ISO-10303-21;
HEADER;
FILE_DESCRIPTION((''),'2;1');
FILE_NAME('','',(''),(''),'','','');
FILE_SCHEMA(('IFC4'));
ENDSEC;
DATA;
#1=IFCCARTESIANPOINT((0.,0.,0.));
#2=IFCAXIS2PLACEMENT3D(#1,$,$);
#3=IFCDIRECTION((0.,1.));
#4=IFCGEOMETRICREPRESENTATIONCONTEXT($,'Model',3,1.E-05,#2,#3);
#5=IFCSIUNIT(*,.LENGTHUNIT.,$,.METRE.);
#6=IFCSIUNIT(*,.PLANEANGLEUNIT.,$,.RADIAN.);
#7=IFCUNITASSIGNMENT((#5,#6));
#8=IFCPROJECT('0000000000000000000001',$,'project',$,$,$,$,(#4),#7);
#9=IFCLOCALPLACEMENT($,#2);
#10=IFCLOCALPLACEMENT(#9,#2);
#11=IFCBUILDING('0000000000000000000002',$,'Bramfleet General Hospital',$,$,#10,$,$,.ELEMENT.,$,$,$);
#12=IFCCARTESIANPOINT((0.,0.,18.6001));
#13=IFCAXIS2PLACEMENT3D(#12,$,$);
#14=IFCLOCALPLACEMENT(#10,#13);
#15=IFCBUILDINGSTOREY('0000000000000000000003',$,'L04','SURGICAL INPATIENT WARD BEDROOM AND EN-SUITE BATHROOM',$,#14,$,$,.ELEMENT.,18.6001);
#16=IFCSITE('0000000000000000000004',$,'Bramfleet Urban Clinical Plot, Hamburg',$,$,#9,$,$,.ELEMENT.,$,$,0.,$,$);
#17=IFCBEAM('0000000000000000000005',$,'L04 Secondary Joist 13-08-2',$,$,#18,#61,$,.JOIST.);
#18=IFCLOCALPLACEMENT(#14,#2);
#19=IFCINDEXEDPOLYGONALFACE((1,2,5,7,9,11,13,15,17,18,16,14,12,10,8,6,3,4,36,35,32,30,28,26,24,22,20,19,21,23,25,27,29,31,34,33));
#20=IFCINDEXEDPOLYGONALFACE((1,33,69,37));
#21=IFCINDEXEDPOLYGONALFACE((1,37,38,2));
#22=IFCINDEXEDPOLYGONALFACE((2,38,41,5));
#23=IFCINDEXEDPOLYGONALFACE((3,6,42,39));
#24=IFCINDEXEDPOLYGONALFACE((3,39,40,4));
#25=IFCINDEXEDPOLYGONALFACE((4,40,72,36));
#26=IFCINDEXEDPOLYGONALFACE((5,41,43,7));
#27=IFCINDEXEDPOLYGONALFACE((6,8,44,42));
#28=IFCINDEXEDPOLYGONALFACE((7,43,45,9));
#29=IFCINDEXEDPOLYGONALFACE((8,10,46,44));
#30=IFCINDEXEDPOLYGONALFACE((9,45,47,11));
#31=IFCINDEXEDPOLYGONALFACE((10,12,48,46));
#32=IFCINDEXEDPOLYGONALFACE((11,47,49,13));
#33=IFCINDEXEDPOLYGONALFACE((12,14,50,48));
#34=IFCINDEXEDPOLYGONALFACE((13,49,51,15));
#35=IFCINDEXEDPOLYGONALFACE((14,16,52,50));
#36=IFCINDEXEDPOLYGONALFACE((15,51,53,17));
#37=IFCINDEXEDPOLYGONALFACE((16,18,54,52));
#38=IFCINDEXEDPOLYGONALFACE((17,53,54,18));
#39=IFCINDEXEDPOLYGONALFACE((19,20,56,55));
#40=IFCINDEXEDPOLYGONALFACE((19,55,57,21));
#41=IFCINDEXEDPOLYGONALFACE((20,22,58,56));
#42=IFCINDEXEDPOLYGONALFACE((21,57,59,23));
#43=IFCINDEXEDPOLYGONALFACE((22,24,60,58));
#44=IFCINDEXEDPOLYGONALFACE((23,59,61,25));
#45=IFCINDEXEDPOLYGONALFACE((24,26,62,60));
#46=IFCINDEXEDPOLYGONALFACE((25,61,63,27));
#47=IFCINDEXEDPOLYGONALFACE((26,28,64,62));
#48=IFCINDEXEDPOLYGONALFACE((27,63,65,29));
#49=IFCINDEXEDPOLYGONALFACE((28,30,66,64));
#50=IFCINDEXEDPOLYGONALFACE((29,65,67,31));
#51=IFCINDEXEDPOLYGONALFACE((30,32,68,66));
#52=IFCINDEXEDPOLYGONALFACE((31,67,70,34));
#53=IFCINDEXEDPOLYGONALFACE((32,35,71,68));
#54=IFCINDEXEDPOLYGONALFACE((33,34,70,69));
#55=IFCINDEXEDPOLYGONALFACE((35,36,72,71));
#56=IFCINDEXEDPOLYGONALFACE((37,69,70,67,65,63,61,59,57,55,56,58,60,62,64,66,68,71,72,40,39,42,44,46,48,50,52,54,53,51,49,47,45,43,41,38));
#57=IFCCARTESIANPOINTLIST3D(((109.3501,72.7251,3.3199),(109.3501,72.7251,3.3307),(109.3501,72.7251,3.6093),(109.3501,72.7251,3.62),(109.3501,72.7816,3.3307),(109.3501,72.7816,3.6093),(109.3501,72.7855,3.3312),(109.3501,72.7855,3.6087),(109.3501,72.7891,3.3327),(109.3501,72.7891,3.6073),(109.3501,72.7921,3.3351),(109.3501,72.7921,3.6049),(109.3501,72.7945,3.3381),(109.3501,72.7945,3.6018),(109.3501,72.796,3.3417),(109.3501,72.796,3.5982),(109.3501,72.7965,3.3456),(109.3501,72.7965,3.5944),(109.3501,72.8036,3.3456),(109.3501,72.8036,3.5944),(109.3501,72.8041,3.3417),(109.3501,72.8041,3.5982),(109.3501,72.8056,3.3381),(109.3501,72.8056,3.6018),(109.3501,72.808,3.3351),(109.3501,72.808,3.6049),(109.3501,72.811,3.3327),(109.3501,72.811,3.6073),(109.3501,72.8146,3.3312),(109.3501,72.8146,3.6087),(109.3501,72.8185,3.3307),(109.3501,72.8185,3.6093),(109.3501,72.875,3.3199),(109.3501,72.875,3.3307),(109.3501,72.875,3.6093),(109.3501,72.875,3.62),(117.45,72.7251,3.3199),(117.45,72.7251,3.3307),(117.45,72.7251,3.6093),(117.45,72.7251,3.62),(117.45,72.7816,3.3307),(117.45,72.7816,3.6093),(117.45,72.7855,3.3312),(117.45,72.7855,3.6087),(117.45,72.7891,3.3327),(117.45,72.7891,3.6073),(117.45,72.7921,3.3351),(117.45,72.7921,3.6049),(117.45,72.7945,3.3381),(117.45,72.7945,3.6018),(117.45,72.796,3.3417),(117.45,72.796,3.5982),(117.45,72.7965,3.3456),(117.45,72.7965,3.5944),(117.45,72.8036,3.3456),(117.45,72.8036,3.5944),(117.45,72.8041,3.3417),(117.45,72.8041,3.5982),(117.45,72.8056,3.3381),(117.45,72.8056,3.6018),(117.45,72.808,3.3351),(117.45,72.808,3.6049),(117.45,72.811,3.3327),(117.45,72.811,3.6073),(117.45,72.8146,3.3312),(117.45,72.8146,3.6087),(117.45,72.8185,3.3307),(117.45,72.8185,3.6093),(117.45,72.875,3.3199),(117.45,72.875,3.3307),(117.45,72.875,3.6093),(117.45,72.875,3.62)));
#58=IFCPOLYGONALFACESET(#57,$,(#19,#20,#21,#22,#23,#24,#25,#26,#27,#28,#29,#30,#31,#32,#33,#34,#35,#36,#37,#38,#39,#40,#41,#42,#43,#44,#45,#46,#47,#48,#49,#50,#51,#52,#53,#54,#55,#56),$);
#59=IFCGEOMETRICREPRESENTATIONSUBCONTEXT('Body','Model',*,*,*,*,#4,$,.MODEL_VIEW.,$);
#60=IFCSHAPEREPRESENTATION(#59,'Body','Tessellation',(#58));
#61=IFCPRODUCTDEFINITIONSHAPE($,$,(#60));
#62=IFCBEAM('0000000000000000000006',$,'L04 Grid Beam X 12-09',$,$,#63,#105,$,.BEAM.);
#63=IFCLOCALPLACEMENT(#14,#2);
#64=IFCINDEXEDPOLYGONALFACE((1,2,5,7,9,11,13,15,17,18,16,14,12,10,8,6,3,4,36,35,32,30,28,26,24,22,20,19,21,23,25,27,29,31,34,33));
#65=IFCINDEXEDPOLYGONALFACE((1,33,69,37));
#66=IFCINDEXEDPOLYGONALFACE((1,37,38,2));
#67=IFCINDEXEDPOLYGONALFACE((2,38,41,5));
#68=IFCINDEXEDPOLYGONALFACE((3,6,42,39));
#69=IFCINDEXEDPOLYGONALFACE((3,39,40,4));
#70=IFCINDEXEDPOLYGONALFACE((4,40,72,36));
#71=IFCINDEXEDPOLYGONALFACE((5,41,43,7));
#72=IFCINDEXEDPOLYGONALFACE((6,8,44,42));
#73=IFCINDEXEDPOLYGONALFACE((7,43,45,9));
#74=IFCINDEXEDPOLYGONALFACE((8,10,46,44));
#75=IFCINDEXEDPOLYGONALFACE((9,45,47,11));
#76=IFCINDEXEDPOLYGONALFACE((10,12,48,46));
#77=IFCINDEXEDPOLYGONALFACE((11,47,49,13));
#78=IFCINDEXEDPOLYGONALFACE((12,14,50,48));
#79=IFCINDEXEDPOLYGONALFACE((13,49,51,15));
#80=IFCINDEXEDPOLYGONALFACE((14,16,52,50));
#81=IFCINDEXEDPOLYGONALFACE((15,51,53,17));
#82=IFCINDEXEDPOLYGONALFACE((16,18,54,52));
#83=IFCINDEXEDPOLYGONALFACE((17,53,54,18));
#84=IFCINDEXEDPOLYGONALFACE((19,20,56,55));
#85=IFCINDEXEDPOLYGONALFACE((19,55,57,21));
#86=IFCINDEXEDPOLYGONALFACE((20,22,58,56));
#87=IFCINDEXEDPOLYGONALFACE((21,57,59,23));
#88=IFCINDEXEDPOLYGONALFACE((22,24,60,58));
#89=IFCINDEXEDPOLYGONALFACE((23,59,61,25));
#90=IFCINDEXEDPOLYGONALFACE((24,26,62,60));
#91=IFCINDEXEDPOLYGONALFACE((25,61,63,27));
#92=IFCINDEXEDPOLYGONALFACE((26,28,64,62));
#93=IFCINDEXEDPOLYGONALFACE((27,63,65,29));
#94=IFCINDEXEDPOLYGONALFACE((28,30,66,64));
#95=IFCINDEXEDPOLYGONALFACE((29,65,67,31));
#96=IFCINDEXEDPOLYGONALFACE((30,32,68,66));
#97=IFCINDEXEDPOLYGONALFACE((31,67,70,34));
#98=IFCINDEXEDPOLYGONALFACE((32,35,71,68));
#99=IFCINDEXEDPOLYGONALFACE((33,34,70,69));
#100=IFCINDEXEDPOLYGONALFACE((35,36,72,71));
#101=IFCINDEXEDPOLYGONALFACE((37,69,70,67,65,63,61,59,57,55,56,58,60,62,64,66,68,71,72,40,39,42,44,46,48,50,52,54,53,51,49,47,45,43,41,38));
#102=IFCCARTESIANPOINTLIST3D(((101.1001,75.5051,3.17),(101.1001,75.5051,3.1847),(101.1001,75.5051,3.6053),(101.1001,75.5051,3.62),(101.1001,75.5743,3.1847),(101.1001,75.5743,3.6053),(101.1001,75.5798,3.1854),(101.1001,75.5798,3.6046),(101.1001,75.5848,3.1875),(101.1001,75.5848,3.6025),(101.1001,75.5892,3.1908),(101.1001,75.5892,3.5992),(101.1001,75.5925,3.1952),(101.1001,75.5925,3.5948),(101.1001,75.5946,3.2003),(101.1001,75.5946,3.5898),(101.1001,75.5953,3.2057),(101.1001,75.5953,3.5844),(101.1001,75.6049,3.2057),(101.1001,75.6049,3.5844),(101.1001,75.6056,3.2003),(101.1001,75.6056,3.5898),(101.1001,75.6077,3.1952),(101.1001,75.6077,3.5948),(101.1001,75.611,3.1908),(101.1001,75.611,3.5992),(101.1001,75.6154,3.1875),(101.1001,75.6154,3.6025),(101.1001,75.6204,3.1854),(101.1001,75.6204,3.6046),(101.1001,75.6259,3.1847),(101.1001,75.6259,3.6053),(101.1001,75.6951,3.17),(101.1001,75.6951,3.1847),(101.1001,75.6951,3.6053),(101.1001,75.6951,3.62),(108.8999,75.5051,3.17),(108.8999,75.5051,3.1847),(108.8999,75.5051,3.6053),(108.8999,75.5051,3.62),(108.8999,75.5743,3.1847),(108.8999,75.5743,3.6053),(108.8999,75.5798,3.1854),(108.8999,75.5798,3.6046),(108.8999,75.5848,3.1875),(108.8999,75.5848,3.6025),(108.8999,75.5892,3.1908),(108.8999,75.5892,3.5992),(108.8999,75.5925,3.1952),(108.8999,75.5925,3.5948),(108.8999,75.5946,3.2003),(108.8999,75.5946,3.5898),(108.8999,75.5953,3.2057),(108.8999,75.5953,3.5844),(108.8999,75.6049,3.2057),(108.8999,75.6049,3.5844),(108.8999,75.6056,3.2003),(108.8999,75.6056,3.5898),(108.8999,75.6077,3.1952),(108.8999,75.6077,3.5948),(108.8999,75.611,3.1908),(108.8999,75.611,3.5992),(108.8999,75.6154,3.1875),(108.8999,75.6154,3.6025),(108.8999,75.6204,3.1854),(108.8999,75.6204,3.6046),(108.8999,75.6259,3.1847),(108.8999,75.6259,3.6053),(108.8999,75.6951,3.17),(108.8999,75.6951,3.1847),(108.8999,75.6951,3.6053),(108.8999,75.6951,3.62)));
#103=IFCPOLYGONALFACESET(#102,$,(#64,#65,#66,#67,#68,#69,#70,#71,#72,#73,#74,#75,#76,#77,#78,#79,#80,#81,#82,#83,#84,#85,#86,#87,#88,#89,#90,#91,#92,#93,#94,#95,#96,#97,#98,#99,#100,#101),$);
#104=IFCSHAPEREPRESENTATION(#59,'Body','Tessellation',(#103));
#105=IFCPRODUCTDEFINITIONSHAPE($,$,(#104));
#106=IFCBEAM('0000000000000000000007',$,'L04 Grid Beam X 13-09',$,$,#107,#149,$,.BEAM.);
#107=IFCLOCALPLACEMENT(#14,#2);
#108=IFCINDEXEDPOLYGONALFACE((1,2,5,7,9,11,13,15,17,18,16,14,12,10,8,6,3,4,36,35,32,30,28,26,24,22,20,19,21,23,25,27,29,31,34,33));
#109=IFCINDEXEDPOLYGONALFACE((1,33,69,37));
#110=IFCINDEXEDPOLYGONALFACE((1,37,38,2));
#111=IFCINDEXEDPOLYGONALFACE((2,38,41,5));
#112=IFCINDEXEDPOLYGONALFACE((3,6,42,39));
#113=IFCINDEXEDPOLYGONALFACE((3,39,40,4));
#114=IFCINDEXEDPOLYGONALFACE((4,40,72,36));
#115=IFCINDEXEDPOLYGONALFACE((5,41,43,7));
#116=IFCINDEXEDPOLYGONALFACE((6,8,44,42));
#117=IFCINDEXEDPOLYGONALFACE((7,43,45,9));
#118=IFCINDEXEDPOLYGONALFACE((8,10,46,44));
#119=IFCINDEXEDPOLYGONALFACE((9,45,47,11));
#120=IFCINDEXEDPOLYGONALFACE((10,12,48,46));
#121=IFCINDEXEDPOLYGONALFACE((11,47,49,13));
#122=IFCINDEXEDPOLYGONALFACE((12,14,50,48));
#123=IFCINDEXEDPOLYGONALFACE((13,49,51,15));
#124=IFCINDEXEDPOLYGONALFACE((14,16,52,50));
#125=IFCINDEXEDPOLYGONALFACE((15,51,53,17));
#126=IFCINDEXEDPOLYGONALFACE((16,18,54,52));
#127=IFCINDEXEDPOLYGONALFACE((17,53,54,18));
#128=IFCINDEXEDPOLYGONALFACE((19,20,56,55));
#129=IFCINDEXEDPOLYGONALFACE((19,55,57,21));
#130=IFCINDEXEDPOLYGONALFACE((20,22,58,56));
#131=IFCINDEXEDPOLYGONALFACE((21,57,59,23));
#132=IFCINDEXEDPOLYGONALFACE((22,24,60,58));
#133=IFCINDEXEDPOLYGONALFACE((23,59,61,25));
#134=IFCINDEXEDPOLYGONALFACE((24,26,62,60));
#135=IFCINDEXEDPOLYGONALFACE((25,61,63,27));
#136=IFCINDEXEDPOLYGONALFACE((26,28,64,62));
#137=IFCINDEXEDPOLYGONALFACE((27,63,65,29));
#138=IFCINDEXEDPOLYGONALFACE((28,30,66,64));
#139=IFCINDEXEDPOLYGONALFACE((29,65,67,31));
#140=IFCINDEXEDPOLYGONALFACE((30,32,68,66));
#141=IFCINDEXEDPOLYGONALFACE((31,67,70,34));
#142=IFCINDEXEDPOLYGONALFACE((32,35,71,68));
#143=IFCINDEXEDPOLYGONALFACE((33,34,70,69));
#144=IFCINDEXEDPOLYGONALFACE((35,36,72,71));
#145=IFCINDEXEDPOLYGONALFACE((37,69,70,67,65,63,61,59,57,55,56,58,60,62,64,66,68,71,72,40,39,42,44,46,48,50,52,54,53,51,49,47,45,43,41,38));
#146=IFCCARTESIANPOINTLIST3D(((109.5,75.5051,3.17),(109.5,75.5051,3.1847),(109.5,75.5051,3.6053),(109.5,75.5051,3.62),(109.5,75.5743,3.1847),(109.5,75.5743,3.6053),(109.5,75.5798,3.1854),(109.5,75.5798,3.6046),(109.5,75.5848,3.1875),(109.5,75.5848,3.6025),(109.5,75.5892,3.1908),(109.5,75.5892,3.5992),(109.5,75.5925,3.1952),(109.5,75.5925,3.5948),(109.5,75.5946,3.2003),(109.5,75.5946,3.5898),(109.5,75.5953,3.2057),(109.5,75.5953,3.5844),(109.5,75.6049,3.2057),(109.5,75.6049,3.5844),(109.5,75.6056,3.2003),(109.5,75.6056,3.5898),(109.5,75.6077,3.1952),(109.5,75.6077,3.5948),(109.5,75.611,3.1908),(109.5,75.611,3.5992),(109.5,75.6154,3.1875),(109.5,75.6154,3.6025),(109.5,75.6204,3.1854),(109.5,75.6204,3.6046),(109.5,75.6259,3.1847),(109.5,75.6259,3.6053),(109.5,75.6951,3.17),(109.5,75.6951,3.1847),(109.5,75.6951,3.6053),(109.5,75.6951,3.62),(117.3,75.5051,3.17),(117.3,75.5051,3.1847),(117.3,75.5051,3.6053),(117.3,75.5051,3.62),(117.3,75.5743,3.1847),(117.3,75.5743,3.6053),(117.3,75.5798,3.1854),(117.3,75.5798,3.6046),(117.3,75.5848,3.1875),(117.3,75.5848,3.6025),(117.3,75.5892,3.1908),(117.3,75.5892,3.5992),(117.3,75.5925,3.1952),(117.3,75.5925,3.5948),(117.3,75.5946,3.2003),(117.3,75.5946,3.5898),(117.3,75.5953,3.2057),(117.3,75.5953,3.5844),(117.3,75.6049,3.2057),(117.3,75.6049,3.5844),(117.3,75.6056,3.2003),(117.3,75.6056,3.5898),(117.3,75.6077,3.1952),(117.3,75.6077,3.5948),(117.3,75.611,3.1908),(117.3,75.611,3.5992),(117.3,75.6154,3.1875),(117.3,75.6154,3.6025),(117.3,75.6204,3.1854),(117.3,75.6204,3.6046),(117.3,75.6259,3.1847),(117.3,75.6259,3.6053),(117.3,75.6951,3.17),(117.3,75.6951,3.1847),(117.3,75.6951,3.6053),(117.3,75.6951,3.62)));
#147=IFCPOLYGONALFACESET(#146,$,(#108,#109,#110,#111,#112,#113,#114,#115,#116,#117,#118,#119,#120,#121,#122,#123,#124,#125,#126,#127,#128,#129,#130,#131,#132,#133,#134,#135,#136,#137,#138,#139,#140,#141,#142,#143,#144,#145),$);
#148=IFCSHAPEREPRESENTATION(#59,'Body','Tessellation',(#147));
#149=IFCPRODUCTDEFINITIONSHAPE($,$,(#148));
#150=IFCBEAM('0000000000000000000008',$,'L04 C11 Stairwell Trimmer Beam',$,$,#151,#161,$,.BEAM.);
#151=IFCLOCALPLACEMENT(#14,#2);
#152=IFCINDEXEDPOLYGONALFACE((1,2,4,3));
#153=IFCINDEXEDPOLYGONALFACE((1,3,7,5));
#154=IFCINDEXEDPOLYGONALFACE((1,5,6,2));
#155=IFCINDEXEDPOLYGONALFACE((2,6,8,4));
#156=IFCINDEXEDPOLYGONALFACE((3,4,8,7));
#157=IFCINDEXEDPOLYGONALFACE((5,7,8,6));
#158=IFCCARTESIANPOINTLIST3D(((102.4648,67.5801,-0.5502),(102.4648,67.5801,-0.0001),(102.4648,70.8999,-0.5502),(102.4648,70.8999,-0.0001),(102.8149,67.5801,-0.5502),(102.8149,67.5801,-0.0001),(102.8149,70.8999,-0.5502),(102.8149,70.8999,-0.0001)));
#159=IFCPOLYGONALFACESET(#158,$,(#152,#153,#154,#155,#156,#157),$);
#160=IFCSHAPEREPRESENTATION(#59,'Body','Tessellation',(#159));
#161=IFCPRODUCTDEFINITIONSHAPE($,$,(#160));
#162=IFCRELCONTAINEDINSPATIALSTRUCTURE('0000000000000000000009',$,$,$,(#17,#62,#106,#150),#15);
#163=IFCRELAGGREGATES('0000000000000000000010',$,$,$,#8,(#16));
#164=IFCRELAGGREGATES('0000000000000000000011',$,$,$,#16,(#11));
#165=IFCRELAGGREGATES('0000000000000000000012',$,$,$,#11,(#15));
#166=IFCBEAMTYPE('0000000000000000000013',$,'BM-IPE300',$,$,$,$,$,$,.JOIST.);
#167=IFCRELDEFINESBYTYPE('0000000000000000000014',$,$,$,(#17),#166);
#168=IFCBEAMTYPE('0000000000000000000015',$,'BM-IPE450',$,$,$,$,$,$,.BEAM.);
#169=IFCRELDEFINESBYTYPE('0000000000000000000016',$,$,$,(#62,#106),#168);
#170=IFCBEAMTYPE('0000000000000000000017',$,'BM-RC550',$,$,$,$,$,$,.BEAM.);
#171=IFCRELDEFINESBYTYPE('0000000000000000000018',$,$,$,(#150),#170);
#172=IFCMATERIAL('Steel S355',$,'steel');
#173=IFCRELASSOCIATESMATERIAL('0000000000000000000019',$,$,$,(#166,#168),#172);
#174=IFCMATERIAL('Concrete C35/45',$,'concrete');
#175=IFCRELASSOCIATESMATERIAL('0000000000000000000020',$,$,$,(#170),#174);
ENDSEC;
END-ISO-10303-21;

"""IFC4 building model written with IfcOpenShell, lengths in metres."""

from ifc_helpers import new_model, si_unit, direction, frame, origin, origin_2d, place, context, subcontext, project, spatial, rectangle, i_section, extrude, material, material_profile, profile_set, type_object, element, save


model = new_model("IFC4")

# Units and contexts
model_context = context("Model", 3, precision=1e-05, world=origin(), true_north=direction((0.0, 1.0)))
body_context = subcontext(model_context, "Body", "Model", "MODEL_VIEW")
ifc_project = project(units=[si_unit("LENGTHUNIT", "METRE"), si_unit("PLANEANGLEUNIT", "RADIAN")], contexts=[model_context])

# Site, building, storey
site_placement = place(None, origin())
site = spatial("IfcSite", under=ifc_project, at=site_placement, Name="Bramfleet Urban Clinical Plot, Hamburg", CompositionType="ELEMENT", RefElevation=0.0)
building_placement = place(site_placement, origin())
building = spatial("IfcBuilding", under=site, at=building_placement, Name="Bramfleet General Hospital", CompositionType="ELEMENT")
storey_placement = place(building_placement, frame((0.0, 0.0, 18.6001)))
storey = spatial("IfcBuildingStorey", under=building, at=storey_placement, Name="L04", Description="SURGICAL INPATIENT WARD BEDROOM AND EN-SUITE BATHROOM", CompositionType="ELEMENT", Elevation=18.6001)

# Beams
ifc_material_1 = material(Name="Steel S355", Category="steel")
ifc_material_profile_1 = material_profile(ifc_material_1, i_section(OverallWidth=0.1499, OverallDepth=0.3, WebThickness=0.0071, FlangeThickness=0.0107, FilletRadius=0.0149, at=origin_2d()), Name="IPE 300")
ifc_profile_set_1 = profile_set([ifc_material_profile_1], Name="Steel S355")
beam_type_1 = type_object("IfcBeamType", Name="BM-IPE300", PredefinedType="JOIST", material=ifc_profile_set_1)
for number, where, z_axis, x_axis, name in (
    (1, (109.3501, 72.8, 3.47), (1.0, 0.0, 0.0), (0.0, 1.0, 0.0), "L04 Secondary Joist 13-08-2"),
):
    element("IfcBeam", number, at=place(storey_placement, frame(where, z_axis=z_axis, x_axis=x_axis)), inside=storey, type_object=beam_type_1, Name=name, PredefinedType="JOIST", context=body_context, shape_type="SweptSolid", body=[
        extrude(i_section(OverallWidth=0.1499, OverallDepth=0.3, WebThickness=0.0071, FlangeThickness=0.0107, FilletRadius=0.0149, at=origin_2d()), origin(), (0.0, 0.0, 1.0), 8.0999),
    ])
ifc_material_profile_2 = material_profile(ifc_material_1, i_section(OverallWidth=0.1899, OverallDepth=0.45, WebThickness=0.0095, FlangeThickness=0.0146, FilletRadius=0.021, at=origin_2d()), Name="IPE 450")
ifc_profile_set_2 = profile_set([ifc_material_profile_2], Name="Steel S355")
beam_type_2 = type_object("IfcBeamType", Name="BM-IPE450", PredefinedType="BEAM", material=ifc_profile_set_2)
beam_1_placement = place(storey_placement, frame((101.1001, 75.6001, 3.395), z_axis=(1.0, 0.0, 0.0), x_axis=(0.0, 1.0, 0.0)))
element("IfcBeam", 2, at=beam_1_placement, inside=storey, type_object=beam_type_2, Name="L04 Grid Beam X 12-09", PredefinedType="BEAM", context=body_context, shape_type="SweptSolid", body=[
    extrude(i_section(OverallWidth=0.1899, OverallDepth=0.45, WebThickness=0.0095, FlangeThickness=0.0146, FilletRadius=0.021, at=origin_2d()), origin(), (0.0, 0.0, 1.0), 7.7998),
])
beam_2_placement = place(storey_placement, frame((109.5, 75.6001, 3.395), z_axis=(1.0, 0.0, 0.0), x_axis=(0.0, 1.0, 0.0)))
element("IfcBeam", 3, at=beam_2_placement, inside=storey, type_object=beam_type_2, Name="L04 Grid Beam X 13-09", PredefinedType="BEAM", context=body_context, shape_type="SweptSolid", body=[
    extrude(i_section(OverallWidth=0.1899, OverallDepth=0.45, WebThickness=0.0095, FlangeThickness=0.0146, FilletRadius=0.021, at=origin_2d()), origin(), (0.0, 0.0, 1.0), 7.8),
])
ifc_material_2 = material(Name="Concrete C35/45", Category="concrete")
ifc_material_profile_3 = material_profile(ifc_material_2, rectangle(XDim=0.3501, YDim=0.55, at=origin_2d()), Name="RC BM 550x350")
ifc_profile_set_3 = profile_set([ifc_material_profile_3], Name="Concrete C35/45")
beam_type_3 = type_object("IfcBeamType", Name="BM-RC550", PredefinedType="BEAM", material=ifc_profile_set_3)
beam_3_placement = place(storey_placement, frame((102.6399, 67.5801, -0.2751), z_axis=(0.0, 1.0, 0.0), x_axis=(-1.0, 0.0, 0.0)))
element("IfcBeam", 4, at=beam_3_placement, inside=storey, type_object=beam_type_3, Name="L04 C11 Stairwell Trimmer Beam", PredefinedType="BEAM", context=body_context, shape_type="SweptSolid", body=[
    extrude(rectangle(XDim=0.3501, YDim=0.55, at=origin_2d()), origin(), (0.0, 0.0, 1.0), 3.3198),
])

save(model, "model.ifc")
